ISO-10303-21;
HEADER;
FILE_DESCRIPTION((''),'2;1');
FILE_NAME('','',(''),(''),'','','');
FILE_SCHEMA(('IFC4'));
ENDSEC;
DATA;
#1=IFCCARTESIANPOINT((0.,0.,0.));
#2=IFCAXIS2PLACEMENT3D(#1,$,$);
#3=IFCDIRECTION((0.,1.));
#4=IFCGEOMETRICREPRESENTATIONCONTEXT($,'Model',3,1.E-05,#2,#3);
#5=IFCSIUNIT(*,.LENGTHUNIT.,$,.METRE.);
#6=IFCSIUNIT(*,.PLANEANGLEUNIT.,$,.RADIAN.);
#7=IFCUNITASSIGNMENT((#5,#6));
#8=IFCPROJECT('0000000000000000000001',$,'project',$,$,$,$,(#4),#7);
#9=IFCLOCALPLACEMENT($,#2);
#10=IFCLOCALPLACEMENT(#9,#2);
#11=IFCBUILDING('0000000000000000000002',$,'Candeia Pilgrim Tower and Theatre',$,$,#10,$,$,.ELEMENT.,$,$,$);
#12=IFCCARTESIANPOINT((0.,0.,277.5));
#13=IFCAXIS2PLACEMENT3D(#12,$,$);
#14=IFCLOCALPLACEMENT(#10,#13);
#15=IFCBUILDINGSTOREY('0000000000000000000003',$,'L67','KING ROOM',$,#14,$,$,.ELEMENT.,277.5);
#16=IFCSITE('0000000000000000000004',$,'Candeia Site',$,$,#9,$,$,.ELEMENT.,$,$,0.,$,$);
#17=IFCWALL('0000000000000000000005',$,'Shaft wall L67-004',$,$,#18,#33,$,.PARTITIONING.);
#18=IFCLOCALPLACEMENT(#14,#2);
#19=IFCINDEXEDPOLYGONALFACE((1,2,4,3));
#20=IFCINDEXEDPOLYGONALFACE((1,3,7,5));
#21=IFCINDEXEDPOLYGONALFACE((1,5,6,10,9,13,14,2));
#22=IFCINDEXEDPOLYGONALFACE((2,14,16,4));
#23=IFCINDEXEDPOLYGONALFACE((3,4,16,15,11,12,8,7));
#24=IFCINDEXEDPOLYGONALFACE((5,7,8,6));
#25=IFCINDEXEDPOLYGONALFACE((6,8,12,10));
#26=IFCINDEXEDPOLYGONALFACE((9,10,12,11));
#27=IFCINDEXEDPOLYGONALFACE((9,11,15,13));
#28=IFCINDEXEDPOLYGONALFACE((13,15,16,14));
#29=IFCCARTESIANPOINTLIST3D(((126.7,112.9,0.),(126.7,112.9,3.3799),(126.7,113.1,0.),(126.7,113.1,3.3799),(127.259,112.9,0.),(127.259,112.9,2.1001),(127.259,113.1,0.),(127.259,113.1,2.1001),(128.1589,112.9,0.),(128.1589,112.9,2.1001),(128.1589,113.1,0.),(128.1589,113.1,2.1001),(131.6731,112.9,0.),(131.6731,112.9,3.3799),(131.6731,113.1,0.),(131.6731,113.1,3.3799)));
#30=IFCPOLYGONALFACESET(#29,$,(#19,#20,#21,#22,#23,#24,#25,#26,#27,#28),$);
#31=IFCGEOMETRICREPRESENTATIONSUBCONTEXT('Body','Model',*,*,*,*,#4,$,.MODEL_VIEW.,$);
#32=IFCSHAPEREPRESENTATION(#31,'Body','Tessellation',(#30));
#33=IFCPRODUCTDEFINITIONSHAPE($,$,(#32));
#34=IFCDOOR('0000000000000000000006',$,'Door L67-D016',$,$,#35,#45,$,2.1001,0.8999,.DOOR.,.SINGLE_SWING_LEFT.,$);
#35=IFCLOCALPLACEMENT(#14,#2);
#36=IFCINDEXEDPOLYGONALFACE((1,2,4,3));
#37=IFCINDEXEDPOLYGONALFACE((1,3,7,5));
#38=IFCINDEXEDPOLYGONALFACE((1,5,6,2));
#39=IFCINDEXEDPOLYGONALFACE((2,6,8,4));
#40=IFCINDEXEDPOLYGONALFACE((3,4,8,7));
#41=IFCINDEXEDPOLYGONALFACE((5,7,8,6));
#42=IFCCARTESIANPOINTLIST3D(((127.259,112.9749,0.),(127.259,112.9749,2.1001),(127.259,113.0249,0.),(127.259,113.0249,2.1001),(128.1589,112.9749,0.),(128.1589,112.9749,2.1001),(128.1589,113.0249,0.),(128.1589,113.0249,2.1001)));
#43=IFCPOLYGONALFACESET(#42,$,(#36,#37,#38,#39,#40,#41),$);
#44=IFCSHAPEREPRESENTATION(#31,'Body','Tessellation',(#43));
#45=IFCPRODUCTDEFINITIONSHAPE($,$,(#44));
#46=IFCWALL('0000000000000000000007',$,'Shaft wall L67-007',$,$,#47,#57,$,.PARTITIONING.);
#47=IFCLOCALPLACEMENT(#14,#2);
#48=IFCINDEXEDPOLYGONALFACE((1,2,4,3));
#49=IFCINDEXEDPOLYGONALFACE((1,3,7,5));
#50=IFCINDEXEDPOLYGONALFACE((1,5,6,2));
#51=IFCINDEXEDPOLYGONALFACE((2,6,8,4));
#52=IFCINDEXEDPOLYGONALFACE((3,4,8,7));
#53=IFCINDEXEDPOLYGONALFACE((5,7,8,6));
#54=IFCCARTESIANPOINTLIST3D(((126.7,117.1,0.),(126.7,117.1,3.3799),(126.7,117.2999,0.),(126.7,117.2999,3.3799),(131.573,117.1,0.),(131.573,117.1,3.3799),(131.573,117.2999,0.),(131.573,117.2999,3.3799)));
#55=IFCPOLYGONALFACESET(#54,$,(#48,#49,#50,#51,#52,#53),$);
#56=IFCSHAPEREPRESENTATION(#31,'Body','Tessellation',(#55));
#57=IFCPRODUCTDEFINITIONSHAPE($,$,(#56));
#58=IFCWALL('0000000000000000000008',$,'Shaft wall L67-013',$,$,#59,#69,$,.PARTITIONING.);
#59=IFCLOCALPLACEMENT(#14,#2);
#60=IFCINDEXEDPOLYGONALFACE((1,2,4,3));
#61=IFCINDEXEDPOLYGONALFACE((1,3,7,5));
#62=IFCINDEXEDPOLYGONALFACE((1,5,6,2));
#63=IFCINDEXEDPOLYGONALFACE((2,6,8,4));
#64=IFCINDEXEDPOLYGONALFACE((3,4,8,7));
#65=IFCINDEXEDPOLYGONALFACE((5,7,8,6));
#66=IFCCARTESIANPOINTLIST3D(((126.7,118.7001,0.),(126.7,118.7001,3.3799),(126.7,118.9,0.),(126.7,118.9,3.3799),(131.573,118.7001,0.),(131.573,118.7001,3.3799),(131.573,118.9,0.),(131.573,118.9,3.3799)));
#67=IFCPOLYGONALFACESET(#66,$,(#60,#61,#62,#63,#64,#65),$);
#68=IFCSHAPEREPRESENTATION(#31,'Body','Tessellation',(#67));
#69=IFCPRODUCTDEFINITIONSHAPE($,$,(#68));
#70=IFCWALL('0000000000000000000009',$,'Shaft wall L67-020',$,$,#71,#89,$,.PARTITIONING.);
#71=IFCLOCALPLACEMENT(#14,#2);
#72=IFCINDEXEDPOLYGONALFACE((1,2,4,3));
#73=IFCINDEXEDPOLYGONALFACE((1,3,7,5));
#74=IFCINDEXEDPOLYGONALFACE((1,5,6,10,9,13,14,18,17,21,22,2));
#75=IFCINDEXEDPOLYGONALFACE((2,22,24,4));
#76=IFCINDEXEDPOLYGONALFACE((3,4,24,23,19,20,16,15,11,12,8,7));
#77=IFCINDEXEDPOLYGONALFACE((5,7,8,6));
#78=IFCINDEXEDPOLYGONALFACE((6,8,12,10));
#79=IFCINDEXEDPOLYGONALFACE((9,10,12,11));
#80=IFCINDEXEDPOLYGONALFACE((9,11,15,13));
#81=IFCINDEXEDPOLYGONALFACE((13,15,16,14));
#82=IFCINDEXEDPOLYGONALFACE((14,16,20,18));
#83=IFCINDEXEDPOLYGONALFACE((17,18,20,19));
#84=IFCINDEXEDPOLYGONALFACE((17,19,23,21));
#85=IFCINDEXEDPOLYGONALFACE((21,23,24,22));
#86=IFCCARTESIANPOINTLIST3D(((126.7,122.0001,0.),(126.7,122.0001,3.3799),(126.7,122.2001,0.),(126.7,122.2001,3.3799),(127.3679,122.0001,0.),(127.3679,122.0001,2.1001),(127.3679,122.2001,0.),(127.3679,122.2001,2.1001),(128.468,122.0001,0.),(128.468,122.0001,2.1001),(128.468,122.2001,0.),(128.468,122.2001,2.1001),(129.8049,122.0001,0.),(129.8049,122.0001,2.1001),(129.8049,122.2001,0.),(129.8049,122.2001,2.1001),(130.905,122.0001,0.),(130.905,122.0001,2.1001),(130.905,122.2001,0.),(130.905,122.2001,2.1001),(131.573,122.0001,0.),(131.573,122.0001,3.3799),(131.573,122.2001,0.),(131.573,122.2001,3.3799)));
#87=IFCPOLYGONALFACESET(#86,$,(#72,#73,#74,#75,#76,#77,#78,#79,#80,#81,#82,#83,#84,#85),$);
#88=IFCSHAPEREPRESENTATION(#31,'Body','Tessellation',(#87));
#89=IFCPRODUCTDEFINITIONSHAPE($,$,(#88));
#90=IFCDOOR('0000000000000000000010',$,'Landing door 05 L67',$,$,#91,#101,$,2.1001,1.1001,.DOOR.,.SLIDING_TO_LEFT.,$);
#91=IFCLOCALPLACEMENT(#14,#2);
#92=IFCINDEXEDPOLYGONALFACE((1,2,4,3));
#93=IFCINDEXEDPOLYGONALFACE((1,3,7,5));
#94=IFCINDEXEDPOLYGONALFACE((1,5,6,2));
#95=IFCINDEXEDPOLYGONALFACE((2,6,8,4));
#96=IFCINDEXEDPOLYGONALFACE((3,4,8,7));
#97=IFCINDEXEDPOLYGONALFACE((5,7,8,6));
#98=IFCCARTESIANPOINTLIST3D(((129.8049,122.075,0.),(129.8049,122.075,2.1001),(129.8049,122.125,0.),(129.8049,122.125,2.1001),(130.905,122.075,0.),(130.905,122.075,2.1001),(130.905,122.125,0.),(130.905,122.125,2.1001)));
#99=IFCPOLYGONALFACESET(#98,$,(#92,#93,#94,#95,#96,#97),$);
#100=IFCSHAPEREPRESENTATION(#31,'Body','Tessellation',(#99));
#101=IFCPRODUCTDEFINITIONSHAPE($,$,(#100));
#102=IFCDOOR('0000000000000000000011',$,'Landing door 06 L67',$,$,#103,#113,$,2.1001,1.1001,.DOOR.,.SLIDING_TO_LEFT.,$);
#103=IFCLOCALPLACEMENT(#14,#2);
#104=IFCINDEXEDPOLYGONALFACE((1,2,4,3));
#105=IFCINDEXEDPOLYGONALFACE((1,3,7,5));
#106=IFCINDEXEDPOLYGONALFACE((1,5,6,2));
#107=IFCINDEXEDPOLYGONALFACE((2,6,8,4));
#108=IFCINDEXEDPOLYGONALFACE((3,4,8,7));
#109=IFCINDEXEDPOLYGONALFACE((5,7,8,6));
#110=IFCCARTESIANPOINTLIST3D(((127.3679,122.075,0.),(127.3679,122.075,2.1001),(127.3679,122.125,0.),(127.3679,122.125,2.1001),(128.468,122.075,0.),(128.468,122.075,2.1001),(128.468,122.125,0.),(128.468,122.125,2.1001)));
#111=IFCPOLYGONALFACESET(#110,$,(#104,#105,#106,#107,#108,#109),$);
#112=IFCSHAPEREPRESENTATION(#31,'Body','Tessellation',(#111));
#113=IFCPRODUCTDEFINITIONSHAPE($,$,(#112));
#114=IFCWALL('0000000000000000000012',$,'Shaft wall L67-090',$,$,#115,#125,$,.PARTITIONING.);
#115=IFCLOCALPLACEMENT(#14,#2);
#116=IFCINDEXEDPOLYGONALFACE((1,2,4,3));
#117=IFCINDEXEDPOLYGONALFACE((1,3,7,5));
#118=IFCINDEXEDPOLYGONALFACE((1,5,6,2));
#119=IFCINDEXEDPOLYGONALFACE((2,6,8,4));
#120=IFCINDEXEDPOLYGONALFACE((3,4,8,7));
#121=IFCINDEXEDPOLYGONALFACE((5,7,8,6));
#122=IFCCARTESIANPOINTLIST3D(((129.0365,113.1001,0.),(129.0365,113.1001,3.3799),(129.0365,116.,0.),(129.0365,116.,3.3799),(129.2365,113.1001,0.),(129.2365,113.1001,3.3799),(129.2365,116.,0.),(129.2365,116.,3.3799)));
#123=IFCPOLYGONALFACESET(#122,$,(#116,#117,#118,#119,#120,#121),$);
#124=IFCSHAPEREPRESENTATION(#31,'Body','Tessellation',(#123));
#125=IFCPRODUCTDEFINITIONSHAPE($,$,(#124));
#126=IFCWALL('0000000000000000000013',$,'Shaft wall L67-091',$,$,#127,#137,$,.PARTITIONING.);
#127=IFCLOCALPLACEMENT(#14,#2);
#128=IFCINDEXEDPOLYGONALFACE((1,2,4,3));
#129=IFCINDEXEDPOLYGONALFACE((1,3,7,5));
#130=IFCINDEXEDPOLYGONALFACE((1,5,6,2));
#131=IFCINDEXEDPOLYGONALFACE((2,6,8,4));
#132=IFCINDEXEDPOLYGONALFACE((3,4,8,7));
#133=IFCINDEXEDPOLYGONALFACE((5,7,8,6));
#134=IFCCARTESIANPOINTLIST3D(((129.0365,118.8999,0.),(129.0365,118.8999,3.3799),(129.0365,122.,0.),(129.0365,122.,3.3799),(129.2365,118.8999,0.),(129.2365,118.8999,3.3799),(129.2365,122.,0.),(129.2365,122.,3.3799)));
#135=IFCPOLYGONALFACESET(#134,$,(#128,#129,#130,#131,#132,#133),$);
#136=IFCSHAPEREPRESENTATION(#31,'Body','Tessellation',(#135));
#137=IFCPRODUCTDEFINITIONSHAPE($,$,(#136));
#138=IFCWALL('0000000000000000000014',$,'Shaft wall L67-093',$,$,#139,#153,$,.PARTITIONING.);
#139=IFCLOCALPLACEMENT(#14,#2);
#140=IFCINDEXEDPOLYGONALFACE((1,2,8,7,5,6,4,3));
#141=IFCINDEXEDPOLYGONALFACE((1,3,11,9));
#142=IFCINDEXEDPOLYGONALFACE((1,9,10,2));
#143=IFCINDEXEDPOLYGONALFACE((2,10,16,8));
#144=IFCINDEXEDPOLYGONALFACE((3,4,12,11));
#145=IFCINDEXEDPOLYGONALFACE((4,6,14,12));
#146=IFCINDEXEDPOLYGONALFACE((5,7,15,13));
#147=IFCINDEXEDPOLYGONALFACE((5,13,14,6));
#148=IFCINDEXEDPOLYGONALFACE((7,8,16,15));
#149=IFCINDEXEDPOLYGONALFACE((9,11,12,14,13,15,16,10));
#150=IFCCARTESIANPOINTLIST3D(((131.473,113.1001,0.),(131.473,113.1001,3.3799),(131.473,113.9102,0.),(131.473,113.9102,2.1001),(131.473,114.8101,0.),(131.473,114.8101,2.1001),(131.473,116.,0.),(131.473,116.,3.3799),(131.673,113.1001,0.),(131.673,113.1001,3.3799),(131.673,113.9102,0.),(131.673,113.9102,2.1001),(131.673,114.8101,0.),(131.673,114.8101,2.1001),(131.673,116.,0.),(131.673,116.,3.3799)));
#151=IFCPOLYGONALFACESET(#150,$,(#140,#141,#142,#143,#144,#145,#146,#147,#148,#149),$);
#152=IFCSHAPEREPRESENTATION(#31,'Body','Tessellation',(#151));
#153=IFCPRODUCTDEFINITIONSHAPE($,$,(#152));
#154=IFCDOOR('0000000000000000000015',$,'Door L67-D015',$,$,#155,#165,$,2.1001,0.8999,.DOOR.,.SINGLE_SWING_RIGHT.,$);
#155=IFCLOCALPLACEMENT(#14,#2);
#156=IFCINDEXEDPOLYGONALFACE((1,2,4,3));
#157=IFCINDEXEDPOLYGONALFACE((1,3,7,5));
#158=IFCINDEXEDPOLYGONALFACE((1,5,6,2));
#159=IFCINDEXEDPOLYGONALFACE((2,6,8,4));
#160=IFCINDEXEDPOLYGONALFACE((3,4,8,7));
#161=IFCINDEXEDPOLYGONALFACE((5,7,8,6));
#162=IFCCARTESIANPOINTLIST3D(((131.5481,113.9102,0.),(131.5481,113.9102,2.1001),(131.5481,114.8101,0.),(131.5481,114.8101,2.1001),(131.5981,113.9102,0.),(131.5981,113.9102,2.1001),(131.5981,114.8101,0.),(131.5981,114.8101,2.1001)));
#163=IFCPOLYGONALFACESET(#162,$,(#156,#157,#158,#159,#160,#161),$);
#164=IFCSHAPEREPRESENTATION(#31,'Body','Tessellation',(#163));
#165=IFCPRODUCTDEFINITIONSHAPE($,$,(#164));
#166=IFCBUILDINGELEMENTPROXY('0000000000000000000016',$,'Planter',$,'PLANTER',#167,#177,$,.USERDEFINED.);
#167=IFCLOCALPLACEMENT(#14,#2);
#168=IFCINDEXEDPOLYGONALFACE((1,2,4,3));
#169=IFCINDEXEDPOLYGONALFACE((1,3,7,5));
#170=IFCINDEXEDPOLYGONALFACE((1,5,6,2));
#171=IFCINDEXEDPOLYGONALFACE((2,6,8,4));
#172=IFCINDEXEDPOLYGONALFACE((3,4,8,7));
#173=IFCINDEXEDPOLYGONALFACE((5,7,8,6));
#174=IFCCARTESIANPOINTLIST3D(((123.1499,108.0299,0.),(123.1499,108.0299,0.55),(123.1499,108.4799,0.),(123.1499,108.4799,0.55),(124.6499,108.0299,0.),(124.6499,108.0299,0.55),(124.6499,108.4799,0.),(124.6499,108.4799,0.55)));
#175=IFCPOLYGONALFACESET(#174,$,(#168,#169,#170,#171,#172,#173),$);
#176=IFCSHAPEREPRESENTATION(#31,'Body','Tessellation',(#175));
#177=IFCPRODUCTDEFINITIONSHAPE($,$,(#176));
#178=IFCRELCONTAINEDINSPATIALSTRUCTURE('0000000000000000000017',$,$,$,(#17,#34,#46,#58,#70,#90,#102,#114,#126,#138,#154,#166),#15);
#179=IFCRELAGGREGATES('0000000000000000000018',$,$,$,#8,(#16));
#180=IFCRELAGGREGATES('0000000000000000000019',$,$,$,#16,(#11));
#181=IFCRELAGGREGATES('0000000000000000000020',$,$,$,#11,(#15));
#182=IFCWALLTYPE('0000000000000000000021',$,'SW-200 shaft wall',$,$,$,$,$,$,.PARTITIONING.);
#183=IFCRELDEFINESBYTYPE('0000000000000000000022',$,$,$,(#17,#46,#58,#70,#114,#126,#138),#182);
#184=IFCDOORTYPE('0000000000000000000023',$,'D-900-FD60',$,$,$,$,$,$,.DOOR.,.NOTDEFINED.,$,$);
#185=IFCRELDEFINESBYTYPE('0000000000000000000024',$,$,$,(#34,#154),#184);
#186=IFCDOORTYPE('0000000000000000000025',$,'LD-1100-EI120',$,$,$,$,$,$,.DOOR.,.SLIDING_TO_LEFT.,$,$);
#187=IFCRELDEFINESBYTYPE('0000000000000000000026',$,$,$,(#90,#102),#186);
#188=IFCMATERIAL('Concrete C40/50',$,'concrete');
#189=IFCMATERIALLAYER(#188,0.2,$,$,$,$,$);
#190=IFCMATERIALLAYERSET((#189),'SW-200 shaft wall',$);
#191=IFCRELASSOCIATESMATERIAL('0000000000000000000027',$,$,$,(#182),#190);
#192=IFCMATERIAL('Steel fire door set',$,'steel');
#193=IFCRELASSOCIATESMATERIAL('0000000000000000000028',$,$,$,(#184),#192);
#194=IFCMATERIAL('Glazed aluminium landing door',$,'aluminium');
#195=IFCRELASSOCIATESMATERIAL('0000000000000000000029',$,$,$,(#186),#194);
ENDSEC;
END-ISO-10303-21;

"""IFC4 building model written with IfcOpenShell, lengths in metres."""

from ifc_helpers import new_model, si_unit, direction, frame, frame_2d, origin, origin_2d, place, context, subcontext, project, spatial, rectangle, extrude, material, layer, layer_set, type_object, element, fill, save


model = new_model("IFC4")

# Units and contexts
model_context = context("Model", 3, precision=1e-05, world=origin(), true_north=direction((0.0, 1.0)))
body_context = subcontext(model_context, "Body", "Model", "MODEL_VIEW")
ifc_project = project(units=[si_unit("LENGTHUNIT", "METRE"), si_unit("PLANEANGLEUNIT", "RADIAN")], contexts=[model_context])

# Site, building, storey
site_placement = place(None, origin())
site = spatial("IfcSite", under=ifc_project, at=site_placement, Name="Candeia Site", CompositionType="ELEMENT", RefElevation=0.0)
building_placement = place(site_placement, origin())
building = spatial("IfcBuilding", under=site, at=building_placement, Name="Candeia Pilgrim Tower and Theatre", CompositionType="ELEMENT")
storey_placement = place(building_placement, frame((0.0, 0.0, 277.5)))
storey = spatial("IfcBuildingStorey", under=building, at=storey_placement, Name="L67", Description="KING ROOM", CompositionType="ELEMENT", Elevation=277.5)

# Shared definitions
ifc_material_1 = material(Name="Concrete C40/50", Category="concrete")

# Shared definitions
ifc_material_2 = material(Name="Steel fire door set", Category="steel")

# Wall, opening, door
ifc_layer_1 = layer(ifc_material_1, 0.2)
ifc_layer_set_1 = layer_set([ifc_layer_1], Name="SW-200 shaft wall")
wall_type_1 = type_object("IfcWallType", Name="SW-200 shaft wall", PredefinedType="PARTITIONING", material=ifc_layer_set_1)
wall_1_placement = place(storey_placement, frame((126.7, 113.0, 0.0), z_axis=(0.0, 0.0, 1.0), x_axis=(1.0, 0.0, 0.0)))
wall_1 = element("IfcWall", 1, at=wall_1_placement, inside=storey, type_object=wall_type_1, Name="Shaft wall L67-004", PredefinedType="PARTITIONING", context=body_context, shape_type="SweptSolid", body=[
    extrude(rectangle(XDim=4.9731, YDim=0.2, at=frame_2d((2.4866, 0.0))), origin(), (0.0, 0.0, 1.0), 3.3799),
])
opening_1_placement = place(wall_1_placement, frame((0.5591, 0.0, 0.0)))
opening_1 = element("IfcOpeningElement", 2, at=opening_1_placement, cuts=wall_1, PredefinedType="OPENING", context=body_context, shape_type="SweptSolid", body=[
    extrude(rectangle(XDim=0.8999, YDim=2.1001, at=frame_2d((0.45, 1.05))), frame((0.0, 0.1099, 0.0), z_axis=(0.0, -1.0, 0.0), x_axis=(1.0, 0.0, 0.0)), (0.0, 0.0, 1.0), 0.22),
])
door_type_1 = type_object("IfcDoorType", Name="D-900-FD60", OperationType="NOTDEFINED", PredefinedType="DOOR", material=ifc_material_2)
door_1_placement = place(opening_1_placement, origin())
door_1 = element("IfcDoor", 3, at=door_1_placement, inside=storey, type_object=door_type_1, Name="Door L67-D016", OperationType="SINGLE_SWING_LEFT", OverallHeight=2.1001, OverallWidth=0.8999, PredefinedType="DOOR", context=body_context, shape_type="SweptSolid", body=[
    extrude(rectangle(XDim=0.8999, YDim=2.1001, at=frame_2d((0.45, 1.05))), frame((0.0, 0.0249, 0.0), z_axis=(0.0, -1.0, 0.0), x_axis=(1.0, 0.0, 0.0)), (0.0, 0.0, 1.0), 0.05),
])
fill(opening_1, door_1)

# Walls
for number, where, z_axis, x_axis, name in (
    (4, (126.7, 117.2, 0.0), (0.0, 0.0, 1.0), (1.0, 0.0, 0.0), "Shaft wall L67-007"),
    (5, (126.7, 118.8, 0.0), (0.0, 0.0, 1.0), (1.0, 0.0, 0.0), "Shaft wall L67-013"),
):
    element("IfcWall", number, at=place(storey_placement, frame(where, z_axis=z_axis, x_axis=x_axis)), inside=storey, type_object=wall_type_1, Name=name, PredefinedType="PARTITIONING", context=body_context, shape_type="SweptSolid", body=[
        extrude(rectangle(XDim=4.873, YDim=0.2, at=frame_2d((2.4365, 0.0))), origin(), (0.0, 0.0, 1.0), 3.3799),
    ])

# Wall, openings, doors
wall_2_placement = place(storey_placement, frame((126.7, 122.1001, 0.0), z_axis=(0.0, 0.0, 1.0), x_axis=(1.0, 0.0, 0.0)))
wall_2 = element("IfcWall", 6, at=wall_2_placement, inside=storey, type_object=wall_type_1, Name="Shaft wall L67-020", PredefinedType="PARTITIONING", context=body_context, shape_type="SweptSolid", body=[
    extrude(rectangle(XDim=4.873, YDim=0.2, at=frame_2d((2.4365, 0.0))), origin(), (0.0, 0.0, 1.0), 3.3799),
])
opening_2_placement = place(wall_2_placement, frame((3.105, 0.0, 0.0)))
opening_2 = element("IfcOpeningElement", 7, at=opening_2_placement, cuts=wall_2, PredefinedType="OPENING", context=body_context, shape_type="SweptSolid", body=[
    extrude(rectangle(XDim=1.1001, YDim=2.1001, at=frame_2d((0.55, 1.05))), frame((0.0, 0.1099, 0.0), z_axis=(0.0, -1.0, 0.0), x_axis=(1.0, 0.0, 0.0)), (0.0, 0.0, 1.0), 0.22),
])
opening_3_placement = place(wall_2_placement, frame((0.668, 0.0, 0.0)))
opening_3 = element("IfcOpeningElement", 8, at=opening_3_placement, cuts=wall_2, PredefinedType="OPENING", context=body_context, shape_type="SweptSolid", body=[
    extrude(rectangle(XDim=1.1001, YDim=2.1001, at=frame_2d((0.55, 1.05))), frame((0.0, 0.1099, 0.0), z_axis=(0.0, -1.0, 0.0), x_axis=(1.0, 0.0, 0.0)), (0.0, 0.0, 1.0), 0.22),
])
ifc_material_3 = material(Name="Glazed aluminium landing door", Category="aluminium")
door_type_2 = type_object("IfcDoorType", Name="LD-1100-EI120", OperationType="SLIDING_TO_LEFT", PredefinedType="DOOR", material=ifc_material_3)
door_2_placement = place(opening_2_placement, origin())
door_2 = element("IfcDoor", 9, at=door_2_placement, inside=storey, type_object=door_type_2, Name="Landing door 05 L67", OperationType="SLIDING_TO_LEFT", OverallHeight=2.1001, OverallWidth=1.1001, PredefinedType="DOOR", context=body_context, shape_type="SweptSolid", body=[
    extrude(rectangle(XDim=1.1001, YDim=2.1001, at=frame_2d((0.55, 1.05))), frame((0.0, 0.0249, 0.0), z_axis=(0.0, -1.0, 0.0), x_axis=(1.0, 0.0, 0.0)), (0.0, 0.0, 1.0), 0.05),
])
fill(opening_2, door_2)
door_3_placement = place(opening_3_placement, origin())
door_3 = element("IfcDoor", 10, at=door_3_placement, inside=storey, type_object=door_type_2, Name="Landing door 06 L67", OperationType="SLIDING_TO_LEFT", OverallHeight=2.1001, OverallWidth=1.1001, PredefinedType="DOOR", context=body_context, shape_type="SweptSolid", body=[
    extrude(rectangle(XDim=1.1001, YDim=2.1001, at=frame_2d((0.55, 1.05))), frame((0.0, 0.0249, 0.0), z_axis=(0.0, -1.0, 0.0), x_axis=(1.0, 0.0, 0.0)), (0.0, 0.0, 1.0), 0.05),
])
fill(opening_3, door_3)

# Walls
wall_3_placement = place(storey_placement, frame((129.1365, 113.1001, 0.0), z_axis=(0.0, 0.0, 1.0), x_axis=(0.0, 1.0, 0.0)))
element("IfcWall", 11, at=wall_3_placement, inside=storey, type_object=wall_type_1, Name="Shaft wall L67-090", PredefinedType="PARTITIONING", context=body_context, shape_type="SweptSolid", body=[
    extrude(rectangle(XDim=2.8999, YDim=0.2, at=frame_2d((1.45, 0.0))), origin(), (0.0, 0.0, 1.0), 3.3799),
])
wall_4_placement = place(storey_placement, frame((129.1365, 118.8999, 0.0), z_axis=(0.0, 0.0, 1.0), x_axis=(0.0, 1.0, 0.0)))
element("IfcWall", 12, at=wall_4_placement, inside=storey, type_object=wall_type_1, Name="Shaft wall L67-091", PredefinedType="PARTITIONING", context=body_context, shape_type="SweptSolid", body=[
    extrude(rectangle(XDim=3.1001, YDim=0.2, at=frame_2d((1.55, 0.0))), origin(), (0.0, 0.0, 1.0), 3.3799),
])

# Wall, opening, door
wall_5_placement = place(storey_placement, frame((131.573, 113.1001, 0.0), z_axis=(0.0, 0.0, 1.0), x_axis=(0.0, 1.0, 0.0)))
wall_5 = element("IfcWall", 13, at=wall_5_placement, inside=storey, type_object=wall_type_1, Name="Shaft wall L67-093", PredefinedType="PARTITIONING", context=body_context, shape_type="SweptSolid", body=[
    extrude(rectangle(XDim=2.8999, YDim=0.2, at=frame_2d((1.45, 0.0))), origin(), (0.0, 0.0, 1.0), 3.3799),
])
opening_4_placement = place(wall_5_placement, frame((0.8101, 0.0, 0.0)))
opening_4 = element("IfcOpeningElement", 14, at=opening_4_placement, cuts=wall_5, PredefinedType="OPENING", context=body_context, shape_type="SweptSolid", body=[
    extrude(rectangle(XDim=0.8999, YDim=2.1001, at=frame_2d((0.45, 1.05))), frame((0.0, 0.1099, 0.0), z_axis=(0.0, -1.0, 0.0), x_axis=(1.0, 0.0, 0.0)), (0.0, 0.0, 1.0), 0.22),
])
door_4_placement = place(opening_4_placement, origin())
door_4 = element("IfcDoor", 15, at=door_4_placement, inside=storey, type_object=door_type_1, Name="Door L67-D015", OperationType="SINGLE_SWING_RIGHT", OverallHeight=2.1001, OverallWidth=0.8999, PredefinedType="DOOR", context=body_context, shape_type="SweptSolid", body=[
    extrude(rectangle(XDim=0.8999, YDim=2.1001, at=frame_2d((0.45, 1.05))), frame((0.0, 0.0249, 0.0), z_axis=(0.0, -1.0, 0.0), x_axis=(1.0, 0.0, 0.0)), (0.0, 0.0, 1.0), 0.05),
])
fill(opening_4, door_4)

# Building element proxy
proxy_placement = place(storey_placement, frame((123.8999, 108.2549, 0.0), z_axis=(0.0, 0.0, 1.0), x_axis=(1.0, 0.0, 0.0)))
element("IfcBuildingElementProxy", 16, at=proxy_placement, inside=storey, Name="Planter", ObjectType="PLANTER", PredefinedType="USERDEFINED", context=body_context, shape_type="SweptSolid", body=[
    extrude(rectangle(XDim=1.5, YDim=0.45, at=origin_2d()), origin(), (0.0, 0.0, 1.0), 0.55),
])

save(model, "model.ifc")
